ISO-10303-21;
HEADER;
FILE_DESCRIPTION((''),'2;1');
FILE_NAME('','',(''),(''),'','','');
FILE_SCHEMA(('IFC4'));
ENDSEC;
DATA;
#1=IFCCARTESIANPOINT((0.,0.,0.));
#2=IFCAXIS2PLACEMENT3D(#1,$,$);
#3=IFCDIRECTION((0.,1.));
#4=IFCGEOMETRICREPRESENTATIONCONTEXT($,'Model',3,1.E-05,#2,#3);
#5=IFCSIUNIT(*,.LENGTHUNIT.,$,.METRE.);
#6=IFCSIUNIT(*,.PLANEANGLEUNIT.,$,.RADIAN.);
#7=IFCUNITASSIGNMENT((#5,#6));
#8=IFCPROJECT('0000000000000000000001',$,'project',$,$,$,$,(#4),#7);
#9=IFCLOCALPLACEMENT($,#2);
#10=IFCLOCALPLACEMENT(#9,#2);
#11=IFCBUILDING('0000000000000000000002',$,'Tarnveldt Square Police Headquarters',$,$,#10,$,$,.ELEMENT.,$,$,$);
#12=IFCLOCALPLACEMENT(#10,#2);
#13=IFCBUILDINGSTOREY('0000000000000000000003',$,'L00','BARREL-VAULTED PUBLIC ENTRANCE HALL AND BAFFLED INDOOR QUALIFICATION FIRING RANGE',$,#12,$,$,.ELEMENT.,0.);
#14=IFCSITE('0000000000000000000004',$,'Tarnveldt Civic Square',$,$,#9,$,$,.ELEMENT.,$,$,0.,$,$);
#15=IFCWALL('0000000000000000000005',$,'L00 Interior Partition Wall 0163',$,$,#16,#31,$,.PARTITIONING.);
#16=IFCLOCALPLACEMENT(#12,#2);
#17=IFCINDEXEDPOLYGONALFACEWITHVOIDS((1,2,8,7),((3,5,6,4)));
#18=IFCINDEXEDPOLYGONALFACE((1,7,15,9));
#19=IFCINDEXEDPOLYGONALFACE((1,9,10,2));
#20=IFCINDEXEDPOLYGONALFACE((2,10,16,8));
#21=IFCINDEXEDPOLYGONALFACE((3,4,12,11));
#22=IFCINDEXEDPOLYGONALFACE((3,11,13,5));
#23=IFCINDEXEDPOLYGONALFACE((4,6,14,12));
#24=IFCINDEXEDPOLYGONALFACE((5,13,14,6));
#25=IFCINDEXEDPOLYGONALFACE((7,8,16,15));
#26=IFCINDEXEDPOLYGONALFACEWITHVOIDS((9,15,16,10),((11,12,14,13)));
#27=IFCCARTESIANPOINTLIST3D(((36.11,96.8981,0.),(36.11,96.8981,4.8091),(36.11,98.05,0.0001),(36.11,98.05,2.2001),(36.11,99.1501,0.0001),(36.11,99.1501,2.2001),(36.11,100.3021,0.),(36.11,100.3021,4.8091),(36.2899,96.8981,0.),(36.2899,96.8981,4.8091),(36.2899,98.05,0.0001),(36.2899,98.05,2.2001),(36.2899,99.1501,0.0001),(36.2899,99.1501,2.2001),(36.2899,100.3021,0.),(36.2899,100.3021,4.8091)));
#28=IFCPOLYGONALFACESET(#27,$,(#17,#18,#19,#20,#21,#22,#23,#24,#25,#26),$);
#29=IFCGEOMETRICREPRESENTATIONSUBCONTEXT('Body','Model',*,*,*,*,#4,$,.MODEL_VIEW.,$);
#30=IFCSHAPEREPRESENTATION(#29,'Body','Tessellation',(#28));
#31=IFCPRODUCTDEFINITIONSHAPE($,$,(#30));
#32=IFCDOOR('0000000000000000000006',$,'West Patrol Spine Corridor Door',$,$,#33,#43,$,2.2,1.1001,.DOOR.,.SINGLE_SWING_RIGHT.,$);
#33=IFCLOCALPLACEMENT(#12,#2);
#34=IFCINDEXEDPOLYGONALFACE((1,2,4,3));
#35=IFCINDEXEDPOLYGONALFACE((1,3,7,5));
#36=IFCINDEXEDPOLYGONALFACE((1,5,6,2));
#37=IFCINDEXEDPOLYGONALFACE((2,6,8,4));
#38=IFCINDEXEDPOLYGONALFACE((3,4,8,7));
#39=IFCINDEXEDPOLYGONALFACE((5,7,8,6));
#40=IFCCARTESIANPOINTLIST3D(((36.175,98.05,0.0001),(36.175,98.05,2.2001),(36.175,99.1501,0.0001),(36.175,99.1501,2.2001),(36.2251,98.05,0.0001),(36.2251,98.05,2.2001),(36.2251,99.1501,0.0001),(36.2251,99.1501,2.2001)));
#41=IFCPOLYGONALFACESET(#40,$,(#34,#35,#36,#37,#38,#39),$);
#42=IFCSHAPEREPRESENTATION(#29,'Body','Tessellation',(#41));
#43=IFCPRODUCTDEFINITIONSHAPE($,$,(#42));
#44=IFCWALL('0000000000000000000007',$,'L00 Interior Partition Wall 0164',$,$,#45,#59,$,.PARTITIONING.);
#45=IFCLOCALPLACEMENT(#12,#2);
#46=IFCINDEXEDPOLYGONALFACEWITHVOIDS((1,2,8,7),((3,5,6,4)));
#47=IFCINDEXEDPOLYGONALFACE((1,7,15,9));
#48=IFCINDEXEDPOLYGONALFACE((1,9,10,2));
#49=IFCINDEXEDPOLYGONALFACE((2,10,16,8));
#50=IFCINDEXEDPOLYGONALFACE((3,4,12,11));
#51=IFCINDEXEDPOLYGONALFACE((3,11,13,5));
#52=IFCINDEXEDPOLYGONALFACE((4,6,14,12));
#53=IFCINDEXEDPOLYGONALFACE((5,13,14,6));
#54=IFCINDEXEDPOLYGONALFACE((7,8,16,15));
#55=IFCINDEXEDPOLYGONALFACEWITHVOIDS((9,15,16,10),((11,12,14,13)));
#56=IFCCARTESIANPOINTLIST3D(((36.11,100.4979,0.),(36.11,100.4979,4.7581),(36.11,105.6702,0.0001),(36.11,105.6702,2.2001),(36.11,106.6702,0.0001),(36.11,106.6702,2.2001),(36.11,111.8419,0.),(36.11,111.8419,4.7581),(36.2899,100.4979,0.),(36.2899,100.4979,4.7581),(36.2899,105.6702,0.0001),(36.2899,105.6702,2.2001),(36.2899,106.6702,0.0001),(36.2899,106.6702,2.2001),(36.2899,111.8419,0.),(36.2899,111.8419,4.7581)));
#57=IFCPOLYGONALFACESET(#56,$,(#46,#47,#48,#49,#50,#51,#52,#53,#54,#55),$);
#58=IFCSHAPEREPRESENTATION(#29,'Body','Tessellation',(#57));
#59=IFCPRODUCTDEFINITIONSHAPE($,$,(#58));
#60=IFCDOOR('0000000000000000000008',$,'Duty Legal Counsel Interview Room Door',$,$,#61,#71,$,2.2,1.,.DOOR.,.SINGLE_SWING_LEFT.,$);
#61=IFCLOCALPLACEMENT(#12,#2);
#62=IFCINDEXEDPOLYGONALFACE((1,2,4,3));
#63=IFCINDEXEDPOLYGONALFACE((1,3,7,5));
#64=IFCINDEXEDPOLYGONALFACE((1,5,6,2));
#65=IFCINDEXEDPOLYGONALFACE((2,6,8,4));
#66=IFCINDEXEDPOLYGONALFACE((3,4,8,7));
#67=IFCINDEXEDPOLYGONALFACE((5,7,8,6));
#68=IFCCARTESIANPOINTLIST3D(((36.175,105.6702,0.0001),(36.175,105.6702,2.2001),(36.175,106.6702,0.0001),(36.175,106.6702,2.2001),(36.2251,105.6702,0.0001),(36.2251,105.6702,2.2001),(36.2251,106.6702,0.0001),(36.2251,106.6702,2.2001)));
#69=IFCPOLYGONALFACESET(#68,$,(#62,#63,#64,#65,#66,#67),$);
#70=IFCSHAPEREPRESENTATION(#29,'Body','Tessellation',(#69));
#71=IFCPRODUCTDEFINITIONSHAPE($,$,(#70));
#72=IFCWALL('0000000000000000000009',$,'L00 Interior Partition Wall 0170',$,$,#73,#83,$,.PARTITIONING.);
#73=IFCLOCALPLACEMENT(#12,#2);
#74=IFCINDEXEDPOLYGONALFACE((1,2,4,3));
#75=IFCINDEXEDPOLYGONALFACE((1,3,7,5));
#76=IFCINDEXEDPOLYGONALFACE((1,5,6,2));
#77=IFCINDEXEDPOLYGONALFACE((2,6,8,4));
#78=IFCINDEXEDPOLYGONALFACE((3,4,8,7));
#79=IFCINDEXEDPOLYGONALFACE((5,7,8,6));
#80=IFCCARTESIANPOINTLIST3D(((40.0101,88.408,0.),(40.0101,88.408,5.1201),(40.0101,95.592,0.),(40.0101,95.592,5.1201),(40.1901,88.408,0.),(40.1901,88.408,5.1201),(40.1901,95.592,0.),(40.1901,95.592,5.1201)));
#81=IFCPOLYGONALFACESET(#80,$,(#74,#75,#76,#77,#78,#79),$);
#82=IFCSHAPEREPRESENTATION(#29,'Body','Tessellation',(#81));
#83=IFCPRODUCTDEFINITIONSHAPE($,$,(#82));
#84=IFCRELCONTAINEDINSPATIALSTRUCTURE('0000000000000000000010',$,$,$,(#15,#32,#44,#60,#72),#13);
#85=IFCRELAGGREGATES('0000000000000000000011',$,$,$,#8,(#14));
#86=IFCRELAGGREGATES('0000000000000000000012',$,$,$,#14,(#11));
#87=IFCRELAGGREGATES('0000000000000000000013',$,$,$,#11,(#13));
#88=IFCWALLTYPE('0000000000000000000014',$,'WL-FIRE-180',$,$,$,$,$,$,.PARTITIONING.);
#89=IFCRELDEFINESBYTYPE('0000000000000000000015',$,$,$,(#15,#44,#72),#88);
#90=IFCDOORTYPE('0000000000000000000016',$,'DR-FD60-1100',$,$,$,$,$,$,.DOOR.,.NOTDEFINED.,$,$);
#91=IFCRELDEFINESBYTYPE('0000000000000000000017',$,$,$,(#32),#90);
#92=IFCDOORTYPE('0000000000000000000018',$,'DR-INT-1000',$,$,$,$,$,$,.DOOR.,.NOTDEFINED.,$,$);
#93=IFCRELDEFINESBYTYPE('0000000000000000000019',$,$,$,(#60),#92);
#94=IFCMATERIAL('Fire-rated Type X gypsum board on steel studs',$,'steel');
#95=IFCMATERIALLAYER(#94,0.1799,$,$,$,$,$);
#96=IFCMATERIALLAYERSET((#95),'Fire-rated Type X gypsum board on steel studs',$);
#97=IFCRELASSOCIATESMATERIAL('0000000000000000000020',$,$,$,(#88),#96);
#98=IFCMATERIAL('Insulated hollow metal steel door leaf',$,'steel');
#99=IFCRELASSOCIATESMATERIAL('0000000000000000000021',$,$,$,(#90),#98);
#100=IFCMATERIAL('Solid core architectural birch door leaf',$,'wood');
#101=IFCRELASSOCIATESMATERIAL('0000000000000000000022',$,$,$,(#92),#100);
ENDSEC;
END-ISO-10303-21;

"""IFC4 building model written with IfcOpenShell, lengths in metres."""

from ifc_helpers import new_model, si_unit, direction, frame, frame_2d, origin, place, context, subcontext, project, spatial, rectangle, extrude, material, layer, layer_set, type_object, element, fill, save


model = new_model("IFC4")

# Units and contexts
model_context = context("Model", 3, precision=1e-05, world=origin(), true_north=direction((0.0, 1.0)))
body_context = subcontext(model_context, "Body", "Model", "MODEL_VIEW")
ifc_project = project(units=[si_unit("LENGTHUNIT", "METRE"), si_unit("PLANEANGLEUNIT", "RADIAN")], contexts=[model_context])

# Site, building, storey
site_placement = place(None, origin())
site = spatial("IfcSite", under=ifc_project, at=site_placement, Name="Tarnveldt Civic Square", CompositionType="ELEMENT", RefElevation=0.0)
building_placement = place(site_placement, origin())
building = spatial("IfcBuilding", under=site, at=building_placement, Name="Tarnveldt Square Police Headquarters", CompositionType="ELEMENT")
storey_placement = place(building_placement, origin())
storey = spatial("IfcBuildingStorey", under=building, at=storey_placement, Name="L00", Description="BARREL-VAULTED PUBLIC ENTRANCE HALL AND BAFFLED INDOOR QUALIFICATION FIRING RANGE", CompositionType="ELEMENT", Elevation=0.0)

# Shared definitions
ifc_material_1 = material(Name="Fire-rated Type X gypsum board on steel studs", Category="steel")
ifc_layer = layer(ifc_material_1, 0.1799)
ifc_layer_set = layer_set([ifc_layer], Name="Fire-rated Type X gypsum board on steel studs")
wall_type = type_object("IfcWallType", Name="WL-FIRE-180", PredefinedType="PARTITIONING", material=ifc_layer_set)

# Walls, openings, doors
ifc_material_2 = material(Name="Insulated hollow metal steel door leaf", Category="steel")
wall_1_placement = place(storey_placement, frame((36.2, 96.8979, 0.0), z_axis=(0.0, 0.0, 1.0), x_axis=(0.0, 1.0, 0.0)))
wall_1 = element("IfcWall", 1, at=wall_1_placement, inside=storey, type_object=wall_type, Name="L00 Interior Partition Wall 0163", PredefinedType="PARTITIONING", context=body_context, shape_type="SweptSolid", body=[
    extrude(rectangle(XDim=3.4041, YDim=0.1799, at=frame_2d((1.7021, 0.0))), origin(), (0.0, 0.0, 1.0), 4.8091),
])
opening_1_placement = place(wall_1_placement, frame((1.1521, 0.0, 0.0)))
opening_1 = element("IfcOpeningElement", 2, at=opening_1_placement, cuts=wall_1, PredefinedType="OPENING", context=body_context, shape_type="SweptSolid", body=[
    extrude(rectangle(XDim=1.1001, YDim=2.2, at=frame_2d((0.55, 1.1001))), frame((0.0, 0.0999, 0.0), z_axis=(0.0, -1.0, 0.0), x_axis=(1.0, 0.0, 0.0)), (0.0, 0.0, 1.0), 0.2),
])
door_type_1 = type_object("IfcDoorType", Name="DR-FD60-1100", OperationType="NOTDEFINED", PredefinedType="DOOR", material=ifc_material_2)
door_1_placement = place(opening_1_placement, origin())
door_1 = element("IfcDoor", 3, at=door_1_placement, inside=storey, type_object=door_type_1, Name="West Patrol Spine Corridor Door", OperationType="SINGLE_SWING_RIGHT", OverallHeight=2.2, OverallWidth=1.1001, PredefinedType="DOOR", context=body_context, shape_type="SweptSolid", body=[
    extrude(rectangle(XDim=1.1001, YDim=2.2, at=frame_2d((0.55, 1.1001))), frame((0.0, 0.0249, 0.0), z_axis=(0.0, -1.0, 0.0), x_axis=(1.0, 0.0, 0.0)), (0.0, 0.0, 1.0), 0.05),
])
fill(opening_1, door_1)
wall_2_placement = place(storey_placement, frame((36.2, 100.498, 0.0), z_axis=(0.0, 0.0, 1.0), x_axis=(0.0, 1.0, 0.0)))
wall_2 = element("IfcWall", 4, at=wall_2_placement, inside=storey, type_object=wall_type, Name="L00 Interior Partition Wall 0164", PredefinedType="PARTITIONING", context=body_context, shape_type="SweptSolid", body=[
    extrude(rectangle(XDim=11.344, YDim=0.1799, at=frame_2d((5.6719, 0.0))), origin(), (0.0, 0.0, 1.0), 4.7581),
])
opening_2_placement = place(wall_2_placement, frame((5.1721, 0.0, 0.0)))
opening_2 = element("IfcOpeningElement", 5, at=opening_2_placement, cuts=wall_2, PredefinedType="OPENING", context=body_context, shape_type="SweptSolid", body=[
    extrude(rectangle(XDim=1.0, YDim=2.2, at=frame_2d((0.5, 1.1001))), frame((0.0, 0.0999, 0.0), z_axis=(0.0, -1.0, 0.0), x_axis=(1.0, 0.0, 0.0)), (0.0, 0.0, 1.0), 0.2),
])
ifc_material_3 = material(Name="Solid core architectural birch door leaf", Category="wood")
door_type_2 = type_object("IfcDoorType", Name="DR-INT-1000", OperationType="NOTDEFINED", PredefinedType="DOOR", material=ifc_material_3)
door_2_placement = place(opening_2_placement, origin())
door_2 = element("IfcDoor", 6, at=door_2_placement, inside=storey, type_object=door_type_2, Name="Duty Legal Counsel Interview Room Door", OperationType="SINGLE_SWING_LEFT", OverallHeight=2.2, OverallWidth=1.0, PredefinedType="DOOR", context=body_context, shape_type="SweptSolid", body=[
    extrude(rectangle(XDim=1.0, YDim=2.2, at=frame_2d((0.5, 1.1001))), frame((0.0, 0.0249, 0.0), z_axis=(0.0, -1.0, 0.0), x_axis=(1.0, 0.0, 0.0)), (0.0, 0.0, 1.0), 0.05),
])
fill(opening_2, door_2)

# Wall
wall_3_placement = place(storey_placement, frame((40.1001, 88.408, 0.0), z_axis=(0.0, 0.0, 1.0), x_axis=(0.0, 1.0, 0.0)))
element("IfcWall", 7, at=wall_3_placement, inside=storey, type_object=wall_type, Name="L00 Interior Partition Wall 0170", PredefinedType="PARTITIONING", context=body_context, shape_type="SweptSolid", body=[
    extrude(rectangle(XDim=7.1841, YDim=0.1799, at=frame_2d((3.592, 0.0))), origin(), (0.0, 0.0, 1.0), 5.1201),
])

save(model, "model.ifc")
